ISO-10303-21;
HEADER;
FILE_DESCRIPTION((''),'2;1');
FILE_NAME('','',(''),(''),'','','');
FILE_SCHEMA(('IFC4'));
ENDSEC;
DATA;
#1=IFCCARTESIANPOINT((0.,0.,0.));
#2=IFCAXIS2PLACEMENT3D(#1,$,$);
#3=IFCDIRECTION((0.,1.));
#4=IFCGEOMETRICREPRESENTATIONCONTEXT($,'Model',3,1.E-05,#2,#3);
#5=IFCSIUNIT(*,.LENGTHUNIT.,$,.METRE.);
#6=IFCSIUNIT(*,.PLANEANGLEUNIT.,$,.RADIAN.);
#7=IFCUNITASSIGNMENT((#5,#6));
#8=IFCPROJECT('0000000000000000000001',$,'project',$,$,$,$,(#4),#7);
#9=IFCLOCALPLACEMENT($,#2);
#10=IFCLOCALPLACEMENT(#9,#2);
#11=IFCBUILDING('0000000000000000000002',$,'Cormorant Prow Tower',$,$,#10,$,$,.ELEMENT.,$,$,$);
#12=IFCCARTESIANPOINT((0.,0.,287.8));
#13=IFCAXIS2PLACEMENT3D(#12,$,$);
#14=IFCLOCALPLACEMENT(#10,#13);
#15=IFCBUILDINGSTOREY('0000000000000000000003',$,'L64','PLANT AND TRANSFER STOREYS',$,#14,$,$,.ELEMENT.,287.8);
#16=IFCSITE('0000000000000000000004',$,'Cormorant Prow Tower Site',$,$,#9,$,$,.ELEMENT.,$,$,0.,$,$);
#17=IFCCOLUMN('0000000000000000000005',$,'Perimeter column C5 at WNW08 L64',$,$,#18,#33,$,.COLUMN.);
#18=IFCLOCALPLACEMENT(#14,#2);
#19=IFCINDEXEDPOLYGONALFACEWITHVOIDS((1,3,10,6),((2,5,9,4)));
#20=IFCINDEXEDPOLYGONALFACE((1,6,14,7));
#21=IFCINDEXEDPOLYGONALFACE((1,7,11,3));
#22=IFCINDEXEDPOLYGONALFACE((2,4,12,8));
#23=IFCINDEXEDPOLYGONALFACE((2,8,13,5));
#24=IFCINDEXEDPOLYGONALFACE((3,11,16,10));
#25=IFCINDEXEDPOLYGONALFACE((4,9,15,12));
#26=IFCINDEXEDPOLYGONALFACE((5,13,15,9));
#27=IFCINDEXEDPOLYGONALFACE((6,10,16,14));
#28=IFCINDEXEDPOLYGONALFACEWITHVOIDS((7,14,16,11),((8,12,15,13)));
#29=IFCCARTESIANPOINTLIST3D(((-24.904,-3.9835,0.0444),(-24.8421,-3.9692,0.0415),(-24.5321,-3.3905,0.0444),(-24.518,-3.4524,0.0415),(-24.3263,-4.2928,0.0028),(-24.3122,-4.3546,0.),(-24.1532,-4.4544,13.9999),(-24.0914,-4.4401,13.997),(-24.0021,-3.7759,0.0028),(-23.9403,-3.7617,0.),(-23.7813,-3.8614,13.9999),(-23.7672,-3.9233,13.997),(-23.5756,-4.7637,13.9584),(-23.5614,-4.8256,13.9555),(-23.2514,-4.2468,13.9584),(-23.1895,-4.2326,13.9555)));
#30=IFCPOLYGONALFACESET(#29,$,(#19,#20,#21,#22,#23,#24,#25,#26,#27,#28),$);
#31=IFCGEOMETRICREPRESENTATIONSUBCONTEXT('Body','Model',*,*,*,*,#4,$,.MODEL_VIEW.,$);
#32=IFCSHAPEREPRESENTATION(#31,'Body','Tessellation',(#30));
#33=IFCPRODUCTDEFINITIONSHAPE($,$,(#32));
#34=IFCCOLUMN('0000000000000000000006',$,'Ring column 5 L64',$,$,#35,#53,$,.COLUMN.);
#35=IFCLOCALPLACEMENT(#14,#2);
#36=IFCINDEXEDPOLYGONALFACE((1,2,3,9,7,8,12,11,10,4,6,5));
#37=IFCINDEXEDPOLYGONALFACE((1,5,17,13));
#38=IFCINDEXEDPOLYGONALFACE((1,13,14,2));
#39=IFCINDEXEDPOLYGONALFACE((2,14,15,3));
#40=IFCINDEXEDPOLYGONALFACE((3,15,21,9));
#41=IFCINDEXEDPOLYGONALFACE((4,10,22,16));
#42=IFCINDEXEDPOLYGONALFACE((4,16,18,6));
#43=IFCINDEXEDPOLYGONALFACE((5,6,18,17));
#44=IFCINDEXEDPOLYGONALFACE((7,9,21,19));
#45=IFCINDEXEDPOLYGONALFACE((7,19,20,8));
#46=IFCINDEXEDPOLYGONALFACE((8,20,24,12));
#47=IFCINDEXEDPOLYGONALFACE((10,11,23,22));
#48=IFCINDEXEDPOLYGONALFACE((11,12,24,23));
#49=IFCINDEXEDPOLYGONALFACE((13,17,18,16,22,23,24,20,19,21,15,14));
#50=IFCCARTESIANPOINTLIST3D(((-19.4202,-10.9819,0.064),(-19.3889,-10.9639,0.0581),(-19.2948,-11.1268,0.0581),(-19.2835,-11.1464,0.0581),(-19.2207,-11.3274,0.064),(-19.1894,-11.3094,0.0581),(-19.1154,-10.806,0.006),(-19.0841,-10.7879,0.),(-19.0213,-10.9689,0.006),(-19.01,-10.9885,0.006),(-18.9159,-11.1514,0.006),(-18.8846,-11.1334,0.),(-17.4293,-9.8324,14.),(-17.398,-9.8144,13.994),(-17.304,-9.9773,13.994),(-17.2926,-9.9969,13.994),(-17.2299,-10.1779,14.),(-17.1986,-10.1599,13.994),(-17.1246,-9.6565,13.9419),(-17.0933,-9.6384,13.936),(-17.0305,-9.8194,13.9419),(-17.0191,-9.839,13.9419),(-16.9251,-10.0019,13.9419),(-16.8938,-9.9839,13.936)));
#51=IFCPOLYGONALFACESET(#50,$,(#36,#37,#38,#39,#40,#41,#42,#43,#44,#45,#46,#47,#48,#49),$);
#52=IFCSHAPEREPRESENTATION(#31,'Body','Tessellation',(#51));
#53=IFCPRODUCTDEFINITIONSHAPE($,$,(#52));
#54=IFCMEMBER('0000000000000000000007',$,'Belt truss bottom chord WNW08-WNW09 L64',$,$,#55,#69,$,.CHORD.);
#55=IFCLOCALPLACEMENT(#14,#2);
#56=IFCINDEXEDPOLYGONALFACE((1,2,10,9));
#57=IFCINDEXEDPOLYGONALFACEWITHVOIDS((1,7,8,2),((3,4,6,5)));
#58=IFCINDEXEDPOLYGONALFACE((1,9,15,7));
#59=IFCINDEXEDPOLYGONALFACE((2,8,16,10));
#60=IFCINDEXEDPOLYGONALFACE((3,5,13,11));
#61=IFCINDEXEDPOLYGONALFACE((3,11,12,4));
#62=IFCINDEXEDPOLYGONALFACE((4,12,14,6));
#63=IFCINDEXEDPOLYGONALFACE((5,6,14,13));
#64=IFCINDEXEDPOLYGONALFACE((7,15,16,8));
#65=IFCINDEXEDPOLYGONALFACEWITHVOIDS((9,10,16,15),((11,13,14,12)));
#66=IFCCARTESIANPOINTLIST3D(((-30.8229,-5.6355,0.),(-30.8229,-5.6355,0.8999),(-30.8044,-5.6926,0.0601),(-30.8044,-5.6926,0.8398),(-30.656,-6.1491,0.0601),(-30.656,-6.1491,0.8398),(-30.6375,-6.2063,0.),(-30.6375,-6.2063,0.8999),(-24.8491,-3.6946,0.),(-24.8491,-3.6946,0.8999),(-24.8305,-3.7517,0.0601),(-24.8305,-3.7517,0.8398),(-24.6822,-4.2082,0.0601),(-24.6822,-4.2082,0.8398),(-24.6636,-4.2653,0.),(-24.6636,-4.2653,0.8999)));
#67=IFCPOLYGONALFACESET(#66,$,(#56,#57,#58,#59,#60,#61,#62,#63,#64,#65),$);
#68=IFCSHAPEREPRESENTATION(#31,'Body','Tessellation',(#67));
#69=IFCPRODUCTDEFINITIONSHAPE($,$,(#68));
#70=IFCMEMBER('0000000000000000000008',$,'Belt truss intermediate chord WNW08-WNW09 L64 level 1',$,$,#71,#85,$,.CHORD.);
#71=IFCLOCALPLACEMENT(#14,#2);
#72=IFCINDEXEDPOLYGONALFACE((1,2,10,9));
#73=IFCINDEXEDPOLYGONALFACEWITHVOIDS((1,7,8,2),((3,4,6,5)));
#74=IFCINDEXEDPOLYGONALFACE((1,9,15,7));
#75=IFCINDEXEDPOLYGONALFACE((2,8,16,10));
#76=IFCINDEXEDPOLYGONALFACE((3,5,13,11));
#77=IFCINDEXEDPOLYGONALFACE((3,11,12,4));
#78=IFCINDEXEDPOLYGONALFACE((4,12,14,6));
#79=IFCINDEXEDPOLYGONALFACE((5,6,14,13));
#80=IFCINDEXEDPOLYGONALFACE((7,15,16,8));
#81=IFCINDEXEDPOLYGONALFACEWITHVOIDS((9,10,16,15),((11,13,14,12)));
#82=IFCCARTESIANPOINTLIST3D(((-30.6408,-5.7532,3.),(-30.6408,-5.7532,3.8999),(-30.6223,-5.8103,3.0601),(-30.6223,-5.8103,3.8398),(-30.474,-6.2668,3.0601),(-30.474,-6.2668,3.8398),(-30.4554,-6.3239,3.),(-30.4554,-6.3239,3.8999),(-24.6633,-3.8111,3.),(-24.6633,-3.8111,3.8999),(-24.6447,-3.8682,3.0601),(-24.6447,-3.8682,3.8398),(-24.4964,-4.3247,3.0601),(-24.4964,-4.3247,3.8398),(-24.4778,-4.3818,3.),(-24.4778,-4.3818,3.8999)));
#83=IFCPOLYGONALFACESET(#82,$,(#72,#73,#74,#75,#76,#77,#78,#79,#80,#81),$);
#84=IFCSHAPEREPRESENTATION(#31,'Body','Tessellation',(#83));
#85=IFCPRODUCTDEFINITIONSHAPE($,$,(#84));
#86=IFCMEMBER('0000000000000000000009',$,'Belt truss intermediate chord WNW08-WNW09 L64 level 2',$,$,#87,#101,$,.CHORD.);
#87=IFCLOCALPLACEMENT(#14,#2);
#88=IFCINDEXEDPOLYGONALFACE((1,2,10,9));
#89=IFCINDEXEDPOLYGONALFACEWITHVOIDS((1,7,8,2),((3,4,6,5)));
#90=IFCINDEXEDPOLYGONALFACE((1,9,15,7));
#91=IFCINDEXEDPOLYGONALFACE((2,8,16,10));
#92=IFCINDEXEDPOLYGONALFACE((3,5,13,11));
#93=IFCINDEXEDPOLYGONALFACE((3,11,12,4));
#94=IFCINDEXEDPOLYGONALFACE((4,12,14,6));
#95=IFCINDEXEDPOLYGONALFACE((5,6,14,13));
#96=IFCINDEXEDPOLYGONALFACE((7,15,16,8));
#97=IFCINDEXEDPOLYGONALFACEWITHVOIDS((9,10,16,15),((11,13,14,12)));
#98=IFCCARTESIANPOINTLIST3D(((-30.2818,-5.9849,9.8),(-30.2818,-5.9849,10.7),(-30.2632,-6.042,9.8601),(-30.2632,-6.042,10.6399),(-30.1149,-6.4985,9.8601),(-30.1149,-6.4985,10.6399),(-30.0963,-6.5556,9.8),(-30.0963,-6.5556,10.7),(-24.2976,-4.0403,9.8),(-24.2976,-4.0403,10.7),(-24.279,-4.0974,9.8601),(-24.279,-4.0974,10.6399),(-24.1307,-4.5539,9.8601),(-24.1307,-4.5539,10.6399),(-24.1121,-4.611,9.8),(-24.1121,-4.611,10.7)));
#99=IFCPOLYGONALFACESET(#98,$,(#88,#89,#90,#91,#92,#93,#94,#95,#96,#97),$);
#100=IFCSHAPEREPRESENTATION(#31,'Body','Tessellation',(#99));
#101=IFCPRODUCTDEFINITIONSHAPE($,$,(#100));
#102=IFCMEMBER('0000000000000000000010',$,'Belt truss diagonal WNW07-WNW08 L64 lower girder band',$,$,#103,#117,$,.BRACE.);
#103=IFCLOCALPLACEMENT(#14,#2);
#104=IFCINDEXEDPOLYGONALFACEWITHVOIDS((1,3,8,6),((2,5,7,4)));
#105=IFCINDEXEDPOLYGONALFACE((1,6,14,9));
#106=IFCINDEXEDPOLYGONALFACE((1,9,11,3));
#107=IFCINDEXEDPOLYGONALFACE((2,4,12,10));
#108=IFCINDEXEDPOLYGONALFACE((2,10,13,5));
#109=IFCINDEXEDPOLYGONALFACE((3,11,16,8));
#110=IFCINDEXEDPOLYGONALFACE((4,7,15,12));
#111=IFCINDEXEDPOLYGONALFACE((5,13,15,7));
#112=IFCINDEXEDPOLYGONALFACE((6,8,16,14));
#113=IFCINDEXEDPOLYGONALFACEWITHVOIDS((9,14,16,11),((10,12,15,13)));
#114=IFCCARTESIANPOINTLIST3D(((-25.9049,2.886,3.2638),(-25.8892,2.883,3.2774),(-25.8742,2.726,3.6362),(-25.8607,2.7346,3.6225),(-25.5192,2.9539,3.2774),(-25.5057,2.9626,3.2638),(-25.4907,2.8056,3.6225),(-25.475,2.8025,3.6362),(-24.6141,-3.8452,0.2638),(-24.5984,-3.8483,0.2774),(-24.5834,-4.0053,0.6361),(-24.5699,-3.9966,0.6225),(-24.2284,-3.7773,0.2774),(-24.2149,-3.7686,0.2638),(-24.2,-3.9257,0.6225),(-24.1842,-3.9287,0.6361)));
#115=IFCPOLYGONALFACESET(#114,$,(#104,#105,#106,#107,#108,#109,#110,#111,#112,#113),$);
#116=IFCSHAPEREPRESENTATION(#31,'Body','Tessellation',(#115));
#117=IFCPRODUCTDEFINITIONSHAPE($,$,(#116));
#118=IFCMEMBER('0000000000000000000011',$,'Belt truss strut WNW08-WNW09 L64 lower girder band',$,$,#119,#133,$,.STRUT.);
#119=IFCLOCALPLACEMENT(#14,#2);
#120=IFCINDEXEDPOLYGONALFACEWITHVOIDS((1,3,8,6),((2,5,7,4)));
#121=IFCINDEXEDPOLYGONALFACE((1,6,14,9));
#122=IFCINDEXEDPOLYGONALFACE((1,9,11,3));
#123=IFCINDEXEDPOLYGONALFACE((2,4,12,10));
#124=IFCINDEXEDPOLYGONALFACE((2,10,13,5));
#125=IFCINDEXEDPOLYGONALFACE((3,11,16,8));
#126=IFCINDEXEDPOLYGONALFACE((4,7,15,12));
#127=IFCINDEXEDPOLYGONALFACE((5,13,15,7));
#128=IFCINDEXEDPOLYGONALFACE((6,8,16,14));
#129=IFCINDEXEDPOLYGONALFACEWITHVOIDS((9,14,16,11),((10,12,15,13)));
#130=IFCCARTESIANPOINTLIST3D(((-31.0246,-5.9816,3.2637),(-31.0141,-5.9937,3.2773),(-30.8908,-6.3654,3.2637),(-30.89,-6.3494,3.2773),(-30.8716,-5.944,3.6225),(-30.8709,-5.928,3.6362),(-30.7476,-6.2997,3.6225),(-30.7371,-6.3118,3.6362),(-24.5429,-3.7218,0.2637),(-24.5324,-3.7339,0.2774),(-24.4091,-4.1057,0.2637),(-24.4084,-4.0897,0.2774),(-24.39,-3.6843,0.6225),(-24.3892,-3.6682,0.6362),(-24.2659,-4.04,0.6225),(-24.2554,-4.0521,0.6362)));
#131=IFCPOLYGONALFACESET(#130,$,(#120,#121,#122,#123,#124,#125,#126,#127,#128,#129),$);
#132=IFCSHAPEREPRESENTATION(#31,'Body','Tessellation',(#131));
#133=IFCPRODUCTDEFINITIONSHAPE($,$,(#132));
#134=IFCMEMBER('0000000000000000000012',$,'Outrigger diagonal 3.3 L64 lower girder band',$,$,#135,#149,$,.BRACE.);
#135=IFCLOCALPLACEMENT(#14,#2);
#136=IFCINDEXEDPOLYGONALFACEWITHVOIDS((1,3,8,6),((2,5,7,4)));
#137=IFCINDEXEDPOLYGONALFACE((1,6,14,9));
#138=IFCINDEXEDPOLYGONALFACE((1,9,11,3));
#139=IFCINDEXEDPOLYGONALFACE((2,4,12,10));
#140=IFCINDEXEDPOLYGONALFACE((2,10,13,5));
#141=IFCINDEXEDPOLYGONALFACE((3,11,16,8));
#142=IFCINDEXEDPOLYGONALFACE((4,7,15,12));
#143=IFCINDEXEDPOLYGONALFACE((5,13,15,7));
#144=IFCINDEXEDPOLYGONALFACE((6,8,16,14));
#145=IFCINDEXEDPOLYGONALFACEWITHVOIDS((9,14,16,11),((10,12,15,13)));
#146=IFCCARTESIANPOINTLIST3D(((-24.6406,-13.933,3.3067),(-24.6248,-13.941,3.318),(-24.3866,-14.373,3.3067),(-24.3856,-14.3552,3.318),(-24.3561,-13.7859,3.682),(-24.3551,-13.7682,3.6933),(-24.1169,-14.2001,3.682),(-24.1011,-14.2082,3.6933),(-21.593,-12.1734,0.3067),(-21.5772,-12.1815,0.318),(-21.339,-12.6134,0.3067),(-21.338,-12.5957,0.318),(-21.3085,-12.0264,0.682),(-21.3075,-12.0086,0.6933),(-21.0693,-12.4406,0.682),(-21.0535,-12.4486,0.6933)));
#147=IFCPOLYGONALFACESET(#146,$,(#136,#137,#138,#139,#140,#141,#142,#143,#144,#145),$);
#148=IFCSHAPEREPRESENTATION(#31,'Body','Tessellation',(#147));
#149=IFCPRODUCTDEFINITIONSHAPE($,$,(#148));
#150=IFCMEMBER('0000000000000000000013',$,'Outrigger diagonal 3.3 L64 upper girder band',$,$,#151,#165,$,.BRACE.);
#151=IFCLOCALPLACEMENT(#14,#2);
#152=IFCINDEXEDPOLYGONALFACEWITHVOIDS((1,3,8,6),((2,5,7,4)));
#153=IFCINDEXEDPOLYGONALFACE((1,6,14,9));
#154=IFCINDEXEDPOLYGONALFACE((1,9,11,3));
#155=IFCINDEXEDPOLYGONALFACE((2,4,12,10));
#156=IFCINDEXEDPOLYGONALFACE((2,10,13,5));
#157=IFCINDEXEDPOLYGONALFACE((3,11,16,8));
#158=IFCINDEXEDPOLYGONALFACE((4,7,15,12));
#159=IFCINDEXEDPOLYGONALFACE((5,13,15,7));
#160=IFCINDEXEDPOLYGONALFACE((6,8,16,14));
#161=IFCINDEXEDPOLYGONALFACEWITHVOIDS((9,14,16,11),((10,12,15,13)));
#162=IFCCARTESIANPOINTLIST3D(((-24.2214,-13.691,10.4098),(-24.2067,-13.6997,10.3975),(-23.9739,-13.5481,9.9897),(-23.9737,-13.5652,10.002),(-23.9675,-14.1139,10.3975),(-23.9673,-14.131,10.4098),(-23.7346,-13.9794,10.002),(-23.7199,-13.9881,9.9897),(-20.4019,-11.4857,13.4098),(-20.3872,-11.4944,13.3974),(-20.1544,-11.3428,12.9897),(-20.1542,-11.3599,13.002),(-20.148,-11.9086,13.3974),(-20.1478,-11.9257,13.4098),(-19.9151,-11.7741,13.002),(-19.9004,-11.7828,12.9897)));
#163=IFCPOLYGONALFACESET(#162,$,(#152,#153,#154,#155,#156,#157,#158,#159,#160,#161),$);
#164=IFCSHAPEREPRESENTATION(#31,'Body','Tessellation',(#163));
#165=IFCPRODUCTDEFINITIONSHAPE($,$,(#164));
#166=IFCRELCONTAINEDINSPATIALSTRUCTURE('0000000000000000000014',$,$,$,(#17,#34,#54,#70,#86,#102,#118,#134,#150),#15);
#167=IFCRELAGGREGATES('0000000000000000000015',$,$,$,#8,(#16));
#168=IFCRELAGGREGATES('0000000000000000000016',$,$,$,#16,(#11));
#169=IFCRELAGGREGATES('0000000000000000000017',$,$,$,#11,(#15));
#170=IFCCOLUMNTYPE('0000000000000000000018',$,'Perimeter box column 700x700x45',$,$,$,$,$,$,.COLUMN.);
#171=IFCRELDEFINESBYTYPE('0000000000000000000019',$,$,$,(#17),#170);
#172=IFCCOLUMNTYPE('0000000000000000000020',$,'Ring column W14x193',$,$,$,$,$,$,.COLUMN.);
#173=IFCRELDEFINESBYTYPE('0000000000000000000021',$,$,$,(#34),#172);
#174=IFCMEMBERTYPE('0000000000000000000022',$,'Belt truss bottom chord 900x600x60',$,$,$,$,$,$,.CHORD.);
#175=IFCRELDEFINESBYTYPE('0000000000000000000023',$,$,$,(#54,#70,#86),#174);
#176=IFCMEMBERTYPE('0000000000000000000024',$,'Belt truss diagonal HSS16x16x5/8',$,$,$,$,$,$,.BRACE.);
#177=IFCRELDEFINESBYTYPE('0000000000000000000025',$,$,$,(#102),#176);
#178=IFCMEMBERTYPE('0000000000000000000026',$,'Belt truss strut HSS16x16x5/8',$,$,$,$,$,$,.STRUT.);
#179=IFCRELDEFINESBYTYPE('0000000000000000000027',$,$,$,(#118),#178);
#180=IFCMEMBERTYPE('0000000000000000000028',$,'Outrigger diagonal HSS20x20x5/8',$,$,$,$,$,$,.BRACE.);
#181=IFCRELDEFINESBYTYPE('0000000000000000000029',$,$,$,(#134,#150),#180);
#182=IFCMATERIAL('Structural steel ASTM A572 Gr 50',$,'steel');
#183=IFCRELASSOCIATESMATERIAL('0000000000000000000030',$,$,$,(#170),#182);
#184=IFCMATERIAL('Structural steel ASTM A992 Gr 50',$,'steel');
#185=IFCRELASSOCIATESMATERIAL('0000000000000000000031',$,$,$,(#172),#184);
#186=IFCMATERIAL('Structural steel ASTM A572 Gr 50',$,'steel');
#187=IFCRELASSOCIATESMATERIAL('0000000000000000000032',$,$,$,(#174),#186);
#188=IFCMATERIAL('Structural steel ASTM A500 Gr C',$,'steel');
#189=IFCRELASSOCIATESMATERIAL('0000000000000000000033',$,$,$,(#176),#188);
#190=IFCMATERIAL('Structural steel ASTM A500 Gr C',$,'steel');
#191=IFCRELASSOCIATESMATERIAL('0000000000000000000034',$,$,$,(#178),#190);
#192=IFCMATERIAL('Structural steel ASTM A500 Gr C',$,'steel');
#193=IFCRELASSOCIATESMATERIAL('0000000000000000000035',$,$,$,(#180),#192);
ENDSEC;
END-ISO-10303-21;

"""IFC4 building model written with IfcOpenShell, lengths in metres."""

from ifc_helpers import new_model, si_unit, direction, frame, origin, origin_2d, place, context, subcontext, project, spatial, hollow_rectangle, i_section, extrude, material, material_profile, profile_set, type_object, element, save


model = new_model("IFC4")

# Units and contexts
model_context = context("Model", 3, precision=1e-05, world=origin(), true_north=direction((0.0, 1.0)))
body_context = subcontext(model_context, "Body", "Model", "MODEL_VIEW")
ifc_project = project(units=[si_unit("LENGTHUNIT", "METRE"), si_unit("PLANEANGLEUNIT", "RADIAN")], contexts=[model_context])

# Site, building, storey
site_placement = place(None, origin())
site = spatial("IfcSite", under=ifc_project, at=site_placement, Name="Cormorant Prow Tower Site", CompositionType="ELEMENT", RefElevation=0.0)
building_placement = place(site_placement, origin())
building = spatial("IfcBuilding", under=site, at=building_placement, Name="Cormorant Prow Tower", CompositionType="ELEMENT")
storey_placement = place(building_placement, frame((0.0, 0.0, 287.8)))
storey = spatial("IfcBuildingStorey", under=building, at=storey_placement, Name="L64", Description="PLANT AND TRANSFER STOREYS", CompositionType="ELEMENT", Elevation=287.8)

# Columns
ifc_material_1 = material(Name="Structural steel ASTM A572 Gr 50", Category="steel")
ifc_material_profile_1 = material_profile(ifc_material_1, hollow_rectangle(XDim=0.7, YDim=0.7, WallThickness=0.0449, at=origin_2d()), Name="Box 700x700x45")
ifc_profile_set_1 = profile_set([ifc_material_profile_1], Name="Structural steel ASTM A572 Gr 50")
column_type_1 = type_object("IfcColumnType", Name="Perimeter box column 700x700x45", PredefinedType="COLUMN", material=ifc_profile_set_1)
column_1_placement = place(storey_placement, frame((-24.4233, -3.8718, 0.0), z_axis=(0.05369, -0.033676, 0.99799), x_axis=(0.531356, 0.847149, 0.0)))
element("IfcColumn", 1, at=column_1_placement, inside=storey, type_object=column_type_1, Name="Perimeter column C5 at WNW08 L64", PredefinedType="COLUMN", context=body_context, shape_type="SweptSolid", body=[
    extrude(hollow_rectangle(XDim=0.7, YDim=0.7, WallThickness=0.0449, at=origin_2d()), frame((0.0, 0.0, 0.0222)), (0.0, 0.0, 1.0), 13.9836),
])
ifc_material_2 = material(Name="Structural steel ASTM A992 Gr 50", Category="steel")
ifc_material_profile_2 = material_profile(ifc_material_2, i_section(OverallWidth=0.3989, OverallDepth=0.3933, WebThickness=0.0227, FlangeThickness=0.0366, at=origin_2d()), Name="W14x193")
ifc_profile_set_2 = profile_set([ifc_material_profile_2], Name="Structural steel ASTM A992 Gr 50")
column_type_2 = type_object("IfcColumnType", Name="Ring column W14x193", PredefinedType="COLUMN", material=ifc_profile_set_2)
column_2_placement = place(storey_placement, frame((-19.157, -11.0603, 0.0), z_axis=(0.140952, 0.081385, 0.986666), x_axis=(-0.500027, 0.86601, 0.0)))
element("IfcColumn", 2, at=column_2_placement, inside=storey, type_object=column_type_2, Name="Ring column 5 L64", PredefinedType="COLUMN", context=body_context, shape_type="SweptSolid", body=[
    extrude(i_section(OverallWidth=0.3989, OverallDepth=0.3933, WebThickness=0.0227, FlangeThickness=0.0366, at=origin_2d()), frame((0.0, 0.0, 0.0325)), (0.0, 0.0, 1.0), 14.1243),
])

# Members
ifc_material_3 = material(Name="Structural steel ASTM A572 Gr 50", Category="steel")
ifc_material_profile_3 = material_profile(ifc_material_3, hollow_rectangle(XDim=0.6001, YDim=0.8999, WallThickness=0.0601, at=origin_2d()), Name="Box 900x600x60")
ifc_profile_set_3 = profile_set([ifc_material_profile_3], Name="Structural steel ASTM A572 Gr 50")
member_type_1 = type_object("IfcMemberType", Name="Belt truss bottom chord 900x600x60", PredefinedType="CHORD", material=ifc_profile_set_3)
member_1_placement = place(storey_placement, frame((-24.7563, -3.98, 0.45), z_axis=(-0.951062, -0.309001, 0.0), x_axis=(0.309001, -0.951062, 0.0)))
element("IfcMember", 3, at=member_1_placement, inside=storey, type_object=member_type_1, Name="Belt truss bottom chord WNW08-WNW09 L64", PredefinedType="CHORD", context=body_context, shape_type="SweptSolid", body=[
    extrude(hollow_rectangle(XDim=0.6001, YDim=0.8999, WallThickness=0.0601, at=origin_2d()), origin(), (0.0, 0.0, 1.0), 6.2812),
])
member_2_placement = place(storey_placement, frame((-24.5706, -4.0964, 3.45), z_axis=(-0.95106, -0.309005, 0.0), x_axis=(0.309005, -0.95106, 0.0)))
element("IfcMember", 4, at=member_2_placement, inside=storey, type_object=member_type_1, Name="Belt truss intermediate chord WNW08-WNW09 L64 level 1", PredefinedType="CHORD", context=body_context, shape_type="SweptSolid", body=[
    extrude(hollow_rectangle(XDim=0.6001, YDim=0.8999, WallThickness=0.0601, at=origin_2d()), origin(), (0.0, 0.0, 1.0), 6.2852),
])
member_3_placement = place(storey_placement, frame((-24.2048, -4.3257, 10.25), z_axis=(-0.951046, -0.309048, 0.0), x_axis=(0.309048, -0.951046, 0.0)))
element("IfcMember", 5, at=member_3_placement, inside=storey, type_object=member_type_1, Name="Belt truss intermediate chord WNW08-WNW09 L64 level 2", PredefinedType="CHORD", context=body_context, shape_type="SweptSolid", body=[
    extrude(hollow_rectangle(XDim=0.6001, YDim=0.8999, WallThickness=0.0601, at=origin_2d()), origin(), (0.0, 0.0, 1.0), 6.2922),
])
ifc_material_4 = material(Name="Structural steel ASTM A500 Gr C", Category="steel")
ifc_material_profile_4 = material_profile(ifc_material_4, hollow_rectangle(XDim=0.4065, YDim=0.4065, WallThickness=0.0149, at=origin_2d()), Name="HSS16x16x5/8")
ifc_profile_set_4 = profile_set([ifc_material_profile_4], Name="Structural steel ASTM A500 Gr C")
member_type_2 = type_object("IfcMemberType", Name="Belt truss diagonal HSS16x16x5/8", PredefinedType="BRACE", material=ifc_profile_set_4)
member_4_placement = place(storey_placement, frame((-24.3992, -3.887, 0.45), z_axis=(-0.172525, 0.899694, 0.400981), x_axis=(-0.982106, -0.188328, 0.0)))
element("IfcMember", 6, at=member_4_placement, inside=storey, type_object=member_type_2, Name="Belt truss diagonal WNW07-WNW08 L64 lower girder band", PredefinedType="BRACE", context=body_context, shape_type="SweptSolid", body=[
    extrude(hollow_rectangle(XDim=0.4065, YDim=0.4065, WallThickness=0.0149, at=origin_2d()), origin(), (0.0, 0.0, 1.0), 7.4817),
])
ifc_material_5 = material(Name="Structural steel ASTM A500 Gr C", Category="steel")
ifc_material_profile_5 = material_profile(ifc_material_5, hollow_rectangle(XDim=0.4065, YDim=0.4065, WallThickness=0.0149, at=origin_2d()), Name="HSS16x16x5/8")
ifc_profile_set_5 = profile_set([ifc_material_profile_5], Name="Structural steel ASTM A500 Gr C")
member_type_3 = type_object("IfcMemberType", Name="Belt truss strut HSS16x16x5/8", PredefinedType="STRUT", material=ifc_profile_set_5)
member_5_placement = place(storey_placement, frame((-24.3992, -3.887, 0.45), z_axis=(-0.865235, -0.301654, 0.400467), x_axis=(0.329205, -0.944259, 0.0)))
element("IfcMember", 7, at=member_5_placement, inside=storey, type_object=member_type_3, Name="Belt truss strut WNW08-WNW09 L64 lower girder band", PredefinedType="STRUT", context=body_context, shape_type="SweptSolid", body=[
    extrude(hollow_rectangle(XDim=0.4065, YDim=0.4065, WallThickness=0.0149, at=origin_2d()), origin(), (0.0, 0.0, 1.0), 7.4912),
])
ifc_material_6 = material(Name="Structural steel ASTM A500 Gr C", Category="steel")
ifc_material_profile_6 = material_profile(ifc_material_6, hollow_rectangle(XDim=0.5081, YDim=0.5081, WallThickness=0.0149, at=origin_2d()), Name="HSS20x20x5/8")
ifc_profile_set_6 = profile_set([ifc_material_profile_6], Name="Structural steel ASTM A500 Gr C")
member_type_4 = type_object("IfcMemberType", Name="Outrigger diagonal HSS20x20x5/8", PredefinedType="BRACE", material=ifc_profile_set_6)
member_6_placement = place(storey_placement, frame((-21.3232, -12.311, 0.5), z_axis=(-0.659047, -0.380498, 0.648752), x_axis=(0.499997, -0.866027, 0.0)))
element("IfcMember", 8, at=member_6_placement, inside=storey, type_object=member_type_4, Name="Outrigger diagonal 3.3 L64 lower girder band", PredefinedType="BRACE", context=body_context, shape_type="SweptSolid", body=[
    extrude(hollow_rectangle(XDim=0.5081, YDim=0.5081, WallThickness=0.0149, at=origin_2d()), origin(), (0.0, 0.0, 1.0), 4.6243),
])
member_7_placement = place(storey_placement, frame((-20.1511, -11.6343, 13.1997), z_axis=(-0.716068, -0.413438, -0.562419), x_axis=(0.500015, -0.866017, 0.0)))
element("IfcMember", 9, at=member_7_placement, inside=storey, type_object=member_type_4, Name="Outrigger diagonal 3.3 L64 upper girder band", PredefinedType="BRACE", context=body_context, shape_type="SweptSolid", body=[
    extrude(hollow_rectangle(XDim=0.5081, YDim=0.5081, WallThickness=0.0149, at=origin_2d()), origin(), (0.0, 0.0, 1.0), 5.334),
])

save(model, "model.ifc")
